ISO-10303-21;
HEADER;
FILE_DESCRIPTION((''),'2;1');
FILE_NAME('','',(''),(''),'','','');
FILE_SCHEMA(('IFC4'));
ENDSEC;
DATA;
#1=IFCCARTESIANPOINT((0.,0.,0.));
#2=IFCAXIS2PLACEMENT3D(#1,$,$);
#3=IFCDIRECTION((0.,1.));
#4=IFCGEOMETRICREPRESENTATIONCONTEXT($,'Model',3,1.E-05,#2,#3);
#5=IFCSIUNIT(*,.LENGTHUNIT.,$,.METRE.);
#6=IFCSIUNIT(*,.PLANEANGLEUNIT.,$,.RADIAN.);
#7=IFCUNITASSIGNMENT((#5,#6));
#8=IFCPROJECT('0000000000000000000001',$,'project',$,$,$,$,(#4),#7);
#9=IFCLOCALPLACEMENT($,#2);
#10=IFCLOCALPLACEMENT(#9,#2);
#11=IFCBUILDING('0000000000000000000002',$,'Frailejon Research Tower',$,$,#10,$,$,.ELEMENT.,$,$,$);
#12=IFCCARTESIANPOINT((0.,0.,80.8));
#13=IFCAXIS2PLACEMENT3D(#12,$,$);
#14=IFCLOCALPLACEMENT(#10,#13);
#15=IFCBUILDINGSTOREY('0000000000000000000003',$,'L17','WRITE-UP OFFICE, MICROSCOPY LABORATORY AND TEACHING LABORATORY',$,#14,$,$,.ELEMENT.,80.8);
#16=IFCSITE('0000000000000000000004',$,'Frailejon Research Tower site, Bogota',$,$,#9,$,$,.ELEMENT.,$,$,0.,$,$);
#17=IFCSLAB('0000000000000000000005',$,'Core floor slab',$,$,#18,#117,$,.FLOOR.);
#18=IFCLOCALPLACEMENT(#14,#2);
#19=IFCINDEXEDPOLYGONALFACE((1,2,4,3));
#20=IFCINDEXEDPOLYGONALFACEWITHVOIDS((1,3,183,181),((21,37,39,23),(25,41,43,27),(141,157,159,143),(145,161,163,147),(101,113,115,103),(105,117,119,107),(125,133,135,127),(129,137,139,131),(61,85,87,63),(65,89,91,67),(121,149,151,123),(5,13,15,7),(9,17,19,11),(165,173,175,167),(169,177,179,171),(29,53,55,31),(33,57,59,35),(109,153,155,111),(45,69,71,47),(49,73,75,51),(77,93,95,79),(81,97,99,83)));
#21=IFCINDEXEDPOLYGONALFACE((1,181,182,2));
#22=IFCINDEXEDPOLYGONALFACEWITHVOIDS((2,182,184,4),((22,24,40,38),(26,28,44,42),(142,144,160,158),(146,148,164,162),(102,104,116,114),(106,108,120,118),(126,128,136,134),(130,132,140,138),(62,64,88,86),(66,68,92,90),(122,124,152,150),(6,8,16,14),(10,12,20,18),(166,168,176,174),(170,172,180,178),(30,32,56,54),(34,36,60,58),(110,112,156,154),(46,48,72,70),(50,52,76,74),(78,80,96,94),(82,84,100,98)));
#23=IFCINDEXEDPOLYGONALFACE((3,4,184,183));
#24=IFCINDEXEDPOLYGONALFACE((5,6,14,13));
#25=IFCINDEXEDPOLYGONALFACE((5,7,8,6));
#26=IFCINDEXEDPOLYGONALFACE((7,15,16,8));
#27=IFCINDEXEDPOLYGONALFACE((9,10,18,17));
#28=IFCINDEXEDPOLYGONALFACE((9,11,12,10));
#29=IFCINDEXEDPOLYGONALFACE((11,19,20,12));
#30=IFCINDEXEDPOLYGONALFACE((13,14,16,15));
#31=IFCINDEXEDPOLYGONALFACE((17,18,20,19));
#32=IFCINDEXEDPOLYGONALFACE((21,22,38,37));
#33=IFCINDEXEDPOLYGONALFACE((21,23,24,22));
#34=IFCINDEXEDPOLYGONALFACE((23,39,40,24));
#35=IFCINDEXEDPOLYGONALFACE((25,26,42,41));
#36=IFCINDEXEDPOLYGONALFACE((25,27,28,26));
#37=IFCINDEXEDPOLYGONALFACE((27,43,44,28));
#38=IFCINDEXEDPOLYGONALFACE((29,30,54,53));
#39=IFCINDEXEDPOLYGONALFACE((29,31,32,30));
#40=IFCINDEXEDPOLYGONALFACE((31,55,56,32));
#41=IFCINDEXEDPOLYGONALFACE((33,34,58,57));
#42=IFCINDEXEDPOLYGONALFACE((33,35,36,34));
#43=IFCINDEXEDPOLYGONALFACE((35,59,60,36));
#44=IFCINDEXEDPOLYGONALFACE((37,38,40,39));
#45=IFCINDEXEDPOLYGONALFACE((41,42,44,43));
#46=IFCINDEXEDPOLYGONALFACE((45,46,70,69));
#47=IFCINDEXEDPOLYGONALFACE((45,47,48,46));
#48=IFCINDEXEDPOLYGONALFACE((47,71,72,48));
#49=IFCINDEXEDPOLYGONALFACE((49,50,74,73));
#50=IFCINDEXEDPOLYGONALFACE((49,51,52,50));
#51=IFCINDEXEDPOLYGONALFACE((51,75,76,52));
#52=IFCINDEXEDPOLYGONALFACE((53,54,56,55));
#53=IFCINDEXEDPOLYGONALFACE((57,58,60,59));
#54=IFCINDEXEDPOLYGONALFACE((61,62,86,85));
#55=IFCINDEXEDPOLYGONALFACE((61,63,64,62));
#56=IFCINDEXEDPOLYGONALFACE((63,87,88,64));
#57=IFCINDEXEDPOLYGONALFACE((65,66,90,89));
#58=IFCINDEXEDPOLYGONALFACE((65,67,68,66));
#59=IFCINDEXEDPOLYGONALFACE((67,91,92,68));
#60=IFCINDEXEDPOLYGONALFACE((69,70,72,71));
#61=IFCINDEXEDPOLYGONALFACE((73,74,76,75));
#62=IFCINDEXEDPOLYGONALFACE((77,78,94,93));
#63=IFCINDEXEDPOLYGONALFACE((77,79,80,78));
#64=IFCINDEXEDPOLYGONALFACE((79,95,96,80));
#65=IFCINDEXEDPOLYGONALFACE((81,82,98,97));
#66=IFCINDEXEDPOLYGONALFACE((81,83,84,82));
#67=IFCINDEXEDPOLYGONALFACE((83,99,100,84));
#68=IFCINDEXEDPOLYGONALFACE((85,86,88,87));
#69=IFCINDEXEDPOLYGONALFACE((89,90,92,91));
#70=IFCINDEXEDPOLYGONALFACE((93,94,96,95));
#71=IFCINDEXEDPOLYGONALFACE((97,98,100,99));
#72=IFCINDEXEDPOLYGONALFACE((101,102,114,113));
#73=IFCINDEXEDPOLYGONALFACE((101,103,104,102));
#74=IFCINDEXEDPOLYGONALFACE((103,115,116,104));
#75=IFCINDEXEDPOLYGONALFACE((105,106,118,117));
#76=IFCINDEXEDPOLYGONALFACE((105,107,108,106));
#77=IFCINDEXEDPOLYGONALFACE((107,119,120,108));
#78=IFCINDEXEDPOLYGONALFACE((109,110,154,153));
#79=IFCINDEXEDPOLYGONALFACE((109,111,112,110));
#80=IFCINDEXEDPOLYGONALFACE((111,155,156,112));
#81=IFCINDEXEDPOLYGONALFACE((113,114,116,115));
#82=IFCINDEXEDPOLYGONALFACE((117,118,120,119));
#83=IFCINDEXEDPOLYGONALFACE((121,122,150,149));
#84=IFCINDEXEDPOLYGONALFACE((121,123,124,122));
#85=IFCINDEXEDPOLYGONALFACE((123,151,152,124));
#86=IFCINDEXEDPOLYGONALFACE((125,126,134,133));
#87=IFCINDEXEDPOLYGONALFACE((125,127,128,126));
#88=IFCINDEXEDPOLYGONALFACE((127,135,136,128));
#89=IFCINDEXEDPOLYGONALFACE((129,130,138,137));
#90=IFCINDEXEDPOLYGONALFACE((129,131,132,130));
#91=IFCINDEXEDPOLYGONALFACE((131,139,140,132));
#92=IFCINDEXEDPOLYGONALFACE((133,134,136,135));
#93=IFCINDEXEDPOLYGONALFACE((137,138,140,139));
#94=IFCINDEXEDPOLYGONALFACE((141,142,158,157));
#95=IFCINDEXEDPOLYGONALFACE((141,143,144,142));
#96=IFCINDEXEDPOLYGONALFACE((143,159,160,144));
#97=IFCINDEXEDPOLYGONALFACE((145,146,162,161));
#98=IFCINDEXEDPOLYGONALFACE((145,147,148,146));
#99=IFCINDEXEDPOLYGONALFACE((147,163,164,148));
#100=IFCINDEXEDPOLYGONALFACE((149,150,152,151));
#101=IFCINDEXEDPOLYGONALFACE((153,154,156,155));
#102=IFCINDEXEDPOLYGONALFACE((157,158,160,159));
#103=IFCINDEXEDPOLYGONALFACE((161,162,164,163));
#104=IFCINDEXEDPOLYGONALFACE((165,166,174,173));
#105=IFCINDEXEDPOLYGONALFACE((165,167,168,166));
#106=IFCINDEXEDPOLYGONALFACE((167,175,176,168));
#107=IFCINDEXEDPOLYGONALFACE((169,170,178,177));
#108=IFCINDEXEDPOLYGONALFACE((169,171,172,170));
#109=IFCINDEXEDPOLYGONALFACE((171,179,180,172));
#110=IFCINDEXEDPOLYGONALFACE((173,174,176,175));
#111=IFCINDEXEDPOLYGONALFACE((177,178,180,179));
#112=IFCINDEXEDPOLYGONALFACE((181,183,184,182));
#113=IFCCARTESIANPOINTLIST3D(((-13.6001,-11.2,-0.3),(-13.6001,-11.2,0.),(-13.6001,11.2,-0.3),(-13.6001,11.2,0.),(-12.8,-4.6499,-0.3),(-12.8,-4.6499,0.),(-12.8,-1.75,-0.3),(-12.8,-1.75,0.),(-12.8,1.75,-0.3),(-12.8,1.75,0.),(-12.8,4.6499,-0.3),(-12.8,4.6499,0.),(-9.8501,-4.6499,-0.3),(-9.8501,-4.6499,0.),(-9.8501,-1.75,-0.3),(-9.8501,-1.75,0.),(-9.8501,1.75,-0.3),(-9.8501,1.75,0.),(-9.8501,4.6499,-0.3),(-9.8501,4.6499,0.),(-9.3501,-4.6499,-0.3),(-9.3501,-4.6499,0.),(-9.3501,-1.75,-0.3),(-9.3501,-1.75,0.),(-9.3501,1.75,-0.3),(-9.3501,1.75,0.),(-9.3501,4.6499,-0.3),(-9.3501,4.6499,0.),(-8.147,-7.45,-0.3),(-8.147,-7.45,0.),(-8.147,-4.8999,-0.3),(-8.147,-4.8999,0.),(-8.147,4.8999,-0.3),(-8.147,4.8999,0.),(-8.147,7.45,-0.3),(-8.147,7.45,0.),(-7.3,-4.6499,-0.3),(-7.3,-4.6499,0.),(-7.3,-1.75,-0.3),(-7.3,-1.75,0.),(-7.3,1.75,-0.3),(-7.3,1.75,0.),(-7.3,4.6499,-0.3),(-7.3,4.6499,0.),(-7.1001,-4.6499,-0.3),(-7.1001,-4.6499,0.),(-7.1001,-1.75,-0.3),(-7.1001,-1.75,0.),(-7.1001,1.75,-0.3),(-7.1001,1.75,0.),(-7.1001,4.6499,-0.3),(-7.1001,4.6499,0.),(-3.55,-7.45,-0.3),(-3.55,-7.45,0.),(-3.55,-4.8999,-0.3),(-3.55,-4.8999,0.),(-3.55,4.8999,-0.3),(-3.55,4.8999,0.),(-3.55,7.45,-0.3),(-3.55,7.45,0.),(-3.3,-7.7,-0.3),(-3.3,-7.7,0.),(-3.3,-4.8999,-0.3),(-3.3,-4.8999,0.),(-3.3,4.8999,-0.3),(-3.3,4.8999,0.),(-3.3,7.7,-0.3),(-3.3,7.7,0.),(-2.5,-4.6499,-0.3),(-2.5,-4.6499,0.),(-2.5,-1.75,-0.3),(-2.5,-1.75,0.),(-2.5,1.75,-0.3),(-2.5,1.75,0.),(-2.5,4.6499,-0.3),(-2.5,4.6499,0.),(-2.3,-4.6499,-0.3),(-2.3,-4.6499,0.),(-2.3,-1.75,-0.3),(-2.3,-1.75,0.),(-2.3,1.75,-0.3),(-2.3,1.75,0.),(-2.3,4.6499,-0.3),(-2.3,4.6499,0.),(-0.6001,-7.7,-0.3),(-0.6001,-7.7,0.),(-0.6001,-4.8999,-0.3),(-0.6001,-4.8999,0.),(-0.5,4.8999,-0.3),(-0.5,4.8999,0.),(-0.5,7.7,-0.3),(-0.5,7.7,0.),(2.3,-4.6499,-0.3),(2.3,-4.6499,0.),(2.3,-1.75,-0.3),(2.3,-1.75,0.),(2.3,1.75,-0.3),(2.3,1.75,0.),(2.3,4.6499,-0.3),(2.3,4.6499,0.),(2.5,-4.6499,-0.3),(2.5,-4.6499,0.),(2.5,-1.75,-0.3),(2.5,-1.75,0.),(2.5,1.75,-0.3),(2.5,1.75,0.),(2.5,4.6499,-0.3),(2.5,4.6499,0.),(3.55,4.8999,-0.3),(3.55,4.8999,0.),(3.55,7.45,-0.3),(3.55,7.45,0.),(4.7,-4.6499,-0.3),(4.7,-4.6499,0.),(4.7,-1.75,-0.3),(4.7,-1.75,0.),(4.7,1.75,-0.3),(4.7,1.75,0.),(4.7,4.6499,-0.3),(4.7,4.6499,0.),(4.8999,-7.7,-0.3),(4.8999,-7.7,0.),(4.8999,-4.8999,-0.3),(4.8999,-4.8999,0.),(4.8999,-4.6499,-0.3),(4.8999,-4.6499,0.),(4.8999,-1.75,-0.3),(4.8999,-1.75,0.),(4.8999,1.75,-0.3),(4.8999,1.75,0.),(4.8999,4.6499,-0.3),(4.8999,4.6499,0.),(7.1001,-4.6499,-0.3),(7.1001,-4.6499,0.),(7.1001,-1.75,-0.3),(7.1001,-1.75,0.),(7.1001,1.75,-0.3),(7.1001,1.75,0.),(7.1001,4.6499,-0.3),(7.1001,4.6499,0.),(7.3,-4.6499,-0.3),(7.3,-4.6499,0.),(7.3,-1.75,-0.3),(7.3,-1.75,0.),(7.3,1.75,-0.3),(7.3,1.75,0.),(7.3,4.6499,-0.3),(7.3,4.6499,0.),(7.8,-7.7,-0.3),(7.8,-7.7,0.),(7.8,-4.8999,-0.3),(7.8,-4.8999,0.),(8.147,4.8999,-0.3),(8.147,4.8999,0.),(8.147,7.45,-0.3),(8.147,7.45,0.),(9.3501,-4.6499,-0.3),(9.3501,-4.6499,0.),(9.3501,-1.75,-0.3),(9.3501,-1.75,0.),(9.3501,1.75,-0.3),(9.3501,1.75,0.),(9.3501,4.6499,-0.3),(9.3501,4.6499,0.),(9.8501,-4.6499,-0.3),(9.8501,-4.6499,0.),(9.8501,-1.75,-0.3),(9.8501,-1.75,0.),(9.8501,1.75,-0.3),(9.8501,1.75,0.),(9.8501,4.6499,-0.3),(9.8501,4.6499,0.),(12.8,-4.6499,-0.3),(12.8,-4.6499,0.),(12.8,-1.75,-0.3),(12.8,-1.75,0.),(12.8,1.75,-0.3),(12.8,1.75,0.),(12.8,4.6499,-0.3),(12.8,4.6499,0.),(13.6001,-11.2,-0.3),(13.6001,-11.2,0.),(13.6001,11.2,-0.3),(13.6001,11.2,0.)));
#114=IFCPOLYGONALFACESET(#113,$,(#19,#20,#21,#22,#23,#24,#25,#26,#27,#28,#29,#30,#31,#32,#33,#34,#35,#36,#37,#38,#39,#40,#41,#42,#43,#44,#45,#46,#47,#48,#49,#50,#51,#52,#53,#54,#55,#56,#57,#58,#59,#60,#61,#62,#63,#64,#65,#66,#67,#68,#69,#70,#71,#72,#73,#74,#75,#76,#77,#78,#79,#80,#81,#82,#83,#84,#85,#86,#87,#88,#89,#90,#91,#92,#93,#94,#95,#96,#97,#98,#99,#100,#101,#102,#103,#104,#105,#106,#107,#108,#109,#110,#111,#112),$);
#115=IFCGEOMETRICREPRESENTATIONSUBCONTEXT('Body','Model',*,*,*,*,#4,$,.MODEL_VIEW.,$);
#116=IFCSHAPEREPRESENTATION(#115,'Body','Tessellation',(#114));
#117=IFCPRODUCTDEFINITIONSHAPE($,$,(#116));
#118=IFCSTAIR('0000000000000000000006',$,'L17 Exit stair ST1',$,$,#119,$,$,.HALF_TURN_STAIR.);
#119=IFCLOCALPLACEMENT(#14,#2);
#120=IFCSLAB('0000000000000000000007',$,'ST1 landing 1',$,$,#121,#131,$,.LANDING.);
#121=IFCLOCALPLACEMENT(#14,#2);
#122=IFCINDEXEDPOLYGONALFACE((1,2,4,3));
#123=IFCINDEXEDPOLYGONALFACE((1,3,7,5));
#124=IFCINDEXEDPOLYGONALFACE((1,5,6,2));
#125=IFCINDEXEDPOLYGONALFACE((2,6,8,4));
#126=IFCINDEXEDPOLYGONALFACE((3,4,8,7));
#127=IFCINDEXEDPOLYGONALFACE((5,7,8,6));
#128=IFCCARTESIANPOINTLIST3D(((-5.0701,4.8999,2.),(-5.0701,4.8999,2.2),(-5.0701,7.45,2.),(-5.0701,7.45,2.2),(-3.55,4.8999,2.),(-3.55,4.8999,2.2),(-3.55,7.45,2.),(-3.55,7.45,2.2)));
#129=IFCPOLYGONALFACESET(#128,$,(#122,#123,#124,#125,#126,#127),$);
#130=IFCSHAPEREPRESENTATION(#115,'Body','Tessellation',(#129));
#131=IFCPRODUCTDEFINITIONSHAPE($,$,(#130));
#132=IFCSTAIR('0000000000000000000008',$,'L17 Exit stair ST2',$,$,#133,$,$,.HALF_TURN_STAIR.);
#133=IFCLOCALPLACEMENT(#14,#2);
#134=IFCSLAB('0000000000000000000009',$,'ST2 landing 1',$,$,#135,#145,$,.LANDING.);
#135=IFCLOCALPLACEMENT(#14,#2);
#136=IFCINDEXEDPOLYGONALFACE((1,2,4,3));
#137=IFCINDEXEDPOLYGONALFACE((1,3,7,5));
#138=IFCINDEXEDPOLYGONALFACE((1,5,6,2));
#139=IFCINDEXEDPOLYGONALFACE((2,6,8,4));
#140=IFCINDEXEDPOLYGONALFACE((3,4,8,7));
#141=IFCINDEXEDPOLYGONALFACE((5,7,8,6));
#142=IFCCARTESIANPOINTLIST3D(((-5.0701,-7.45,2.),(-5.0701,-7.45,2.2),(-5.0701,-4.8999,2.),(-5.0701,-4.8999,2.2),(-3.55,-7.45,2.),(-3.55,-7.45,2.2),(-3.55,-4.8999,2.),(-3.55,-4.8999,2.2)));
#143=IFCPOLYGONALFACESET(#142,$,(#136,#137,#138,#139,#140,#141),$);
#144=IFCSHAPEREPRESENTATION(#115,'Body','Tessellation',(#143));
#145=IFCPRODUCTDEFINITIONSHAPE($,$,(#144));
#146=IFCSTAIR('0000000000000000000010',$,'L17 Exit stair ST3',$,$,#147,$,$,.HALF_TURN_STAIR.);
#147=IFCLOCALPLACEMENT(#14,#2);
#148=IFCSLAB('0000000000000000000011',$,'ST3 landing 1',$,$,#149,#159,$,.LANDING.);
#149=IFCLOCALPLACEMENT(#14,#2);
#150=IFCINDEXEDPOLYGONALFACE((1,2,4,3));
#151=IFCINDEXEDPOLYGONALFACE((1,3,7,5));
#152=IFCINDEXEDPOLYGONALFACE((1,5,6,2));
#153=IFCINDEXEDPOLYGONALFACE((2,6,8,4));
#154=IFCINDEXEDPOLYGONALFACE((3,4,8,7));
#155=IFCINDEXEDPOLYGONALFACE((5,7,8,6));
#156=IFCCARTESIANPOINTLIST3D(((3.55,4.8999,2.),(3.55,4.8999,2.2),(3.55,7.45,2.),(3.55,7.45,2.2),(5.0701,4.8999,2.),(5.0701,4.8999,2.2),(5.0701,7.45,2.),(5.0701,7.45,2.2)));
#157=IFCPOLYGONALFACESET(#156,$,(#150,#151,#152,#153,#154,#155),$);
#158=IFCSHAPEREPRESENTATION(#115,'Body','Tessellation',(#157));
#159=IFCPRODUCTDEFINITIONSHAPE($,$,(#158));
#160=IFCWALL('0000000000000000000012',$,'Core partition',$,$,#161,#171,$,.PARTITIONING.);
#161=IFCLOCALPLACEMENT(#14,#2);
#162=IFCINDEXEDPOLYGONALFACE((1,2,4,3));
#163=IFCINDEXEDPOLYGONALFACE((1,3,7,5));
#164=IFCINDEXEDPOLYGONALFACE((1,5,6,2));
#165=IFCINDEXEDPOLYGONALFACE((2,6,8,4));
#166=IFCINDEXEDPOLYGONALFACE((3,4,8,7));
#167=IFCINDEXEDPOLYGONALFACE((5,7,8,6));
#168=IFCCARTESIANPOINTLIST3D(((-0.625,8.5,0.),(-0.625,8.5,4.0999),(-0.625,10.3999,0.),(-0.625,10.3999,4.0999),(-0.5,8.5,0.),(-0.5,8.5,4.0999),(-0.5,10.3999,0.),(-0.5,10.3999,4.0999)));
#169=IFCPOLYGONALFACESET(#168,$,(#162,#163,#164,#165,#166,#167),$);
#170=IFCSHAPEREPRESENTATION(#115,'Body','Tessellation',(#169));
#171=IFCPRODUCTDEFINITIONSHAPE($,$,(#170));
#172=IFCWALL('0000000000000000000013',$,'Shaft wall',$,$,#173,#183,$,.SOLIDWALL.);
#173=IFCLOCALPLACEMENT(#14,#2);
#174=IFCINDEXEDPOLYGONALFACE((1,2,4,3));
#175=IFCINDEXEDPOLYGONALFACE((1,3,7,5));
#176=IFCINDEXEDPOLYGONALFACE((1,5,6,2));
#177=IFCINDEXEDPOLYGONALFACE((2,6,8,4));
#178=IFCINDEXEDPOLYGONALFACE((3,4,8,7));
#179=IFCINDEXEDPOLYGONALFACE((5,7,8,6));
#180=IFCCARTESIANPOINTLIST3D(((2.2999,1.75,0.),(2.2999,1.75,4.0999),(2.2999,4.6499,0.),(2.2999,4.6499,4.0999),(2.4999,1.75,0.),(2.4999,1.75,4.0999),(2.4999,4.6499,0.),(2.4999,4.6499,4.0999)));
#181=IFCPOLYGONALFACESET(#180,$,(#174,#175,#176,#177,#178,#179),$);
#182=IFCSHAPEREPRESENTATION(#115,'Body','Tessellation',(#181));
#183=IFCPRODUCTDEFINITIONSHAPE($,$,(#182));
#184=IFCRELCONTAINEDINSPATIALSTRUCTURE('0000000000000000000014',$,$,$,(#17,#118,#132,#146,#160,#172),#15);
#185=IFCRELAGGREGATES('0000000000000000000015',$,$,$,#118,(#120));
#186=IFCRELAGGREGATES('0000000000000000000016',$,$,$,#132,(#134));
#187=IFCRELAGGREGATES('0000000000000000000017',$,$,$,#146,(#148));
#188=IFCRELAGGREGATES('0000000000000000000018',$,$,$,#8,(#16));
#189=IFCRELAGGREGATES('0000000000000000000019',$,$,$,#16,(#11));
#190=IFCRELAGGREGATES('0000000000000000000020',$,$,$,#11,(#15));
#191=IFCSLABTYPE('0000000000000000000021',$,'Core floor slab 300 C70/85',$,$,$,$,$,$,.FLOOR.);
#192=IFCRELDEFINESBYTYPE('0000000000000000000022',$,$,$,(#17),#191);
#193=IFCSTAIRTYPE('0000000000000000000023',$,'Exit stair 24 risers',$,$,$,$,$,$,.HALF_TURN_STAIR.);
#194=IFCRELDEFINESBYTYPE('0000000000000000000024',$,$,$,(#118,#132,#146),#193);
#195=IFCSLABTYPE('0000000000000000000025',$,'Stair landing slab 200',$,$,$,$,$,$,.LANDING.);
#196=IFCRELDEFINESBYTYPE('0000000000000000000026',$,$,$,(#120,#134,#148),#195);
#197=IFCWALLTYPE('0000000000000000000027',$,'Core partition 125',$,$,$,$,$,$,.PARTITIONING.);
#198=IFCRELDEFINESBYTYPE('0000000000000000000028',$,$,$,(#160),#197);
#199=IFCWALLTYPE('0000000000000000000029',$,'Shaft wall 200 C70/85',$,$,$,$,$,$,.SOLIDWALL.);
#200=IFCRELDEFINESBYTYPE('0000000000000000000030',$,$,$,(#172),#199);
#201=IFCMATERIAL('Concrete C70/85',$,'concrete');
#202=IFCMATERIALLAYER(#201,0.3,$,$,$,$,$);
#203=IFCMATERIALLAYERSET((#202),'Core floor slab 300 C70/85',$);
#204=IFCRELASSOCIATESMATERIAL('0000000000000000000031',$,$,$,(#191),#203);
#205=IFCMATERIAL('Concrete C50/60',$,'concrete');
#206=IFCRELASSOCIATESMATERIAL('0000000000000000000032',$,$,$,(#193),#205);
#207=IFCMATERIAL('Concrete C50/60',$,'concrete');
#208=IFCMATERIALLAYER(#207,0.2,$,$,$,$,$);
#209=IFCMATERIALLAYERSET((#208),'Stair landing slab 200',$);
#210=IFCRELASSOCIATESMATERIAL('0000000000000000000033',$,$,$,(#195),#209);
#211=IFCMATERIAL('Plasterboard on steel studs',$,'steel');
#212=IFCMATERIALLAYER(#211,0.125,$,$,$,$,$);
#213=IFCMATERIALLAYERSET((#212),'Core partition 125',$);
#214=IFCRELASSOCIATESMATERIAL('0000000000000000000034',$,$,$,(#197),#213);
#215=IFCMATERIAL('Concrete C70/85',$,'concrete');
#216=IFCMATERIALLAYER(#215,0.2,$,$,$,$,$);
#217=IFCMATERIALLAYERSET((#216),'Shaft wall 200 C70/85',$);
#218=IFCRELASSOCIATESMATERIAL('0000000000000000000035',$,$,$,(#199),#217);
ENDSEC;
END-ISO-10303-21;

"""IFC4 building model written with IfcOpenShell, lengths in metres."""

from ifc_helpers import new_model, si_unit, direction, frame, frame_2d, origin, place, context, subcontext, project, spatial, polyline, rectangle, outline, extrude, material, layer, layer_set, type_object, element, aggregate, save


model = new_model("IFC4")

# Units and contexts
model_context = context("Model", 3, precision=1e-05, world=origin(), true_north=direction((0.0, 1.0)))
body_context = subcontext(model_context, "Body", "Model", "MODEL_VIEW")
ifc_project = project(units=[si_unit("LENGTHUNIT", "METRE"), si_unit("PLANEANGLEUNIT", "RADIAN")], contexts=[model_context])

# Site, building, storey
site_placement = place(None, origin())
site = spatial("IfcSite", under=ifc_project, at=site_placement, Name="Frailejon Research Tower site, Bogota", CompositionType="ELEMENT", RefElevation=0.0)
building_placement = place(site_placement, origin())
building = spatial("IfcBuilding", under=site, at=building_placement, Name="Frailejon Research Tower", CompositionType="ELEMENT")
storey_placement = place(building_placement, frame((0.0, 0.0, 80.8)))
storey = spatial("IfcBuildingStorey", under=building, at=storey_placement, Name="L17", Description="WRITE-UP OFFICE, MICROSCOPY LABORATORY AND TEACHING LABORATORY", CompositionType="ELEMENT", Elevation=80.8)

# Slab
ifc_material_1 = material(Name="Concrete C70/85", Category="concrete")
ifc_layer_1 = layer(ifc_material_1, 0.3)
ifc_layer_set_1 = layer_set([ifc_layer_1], Name="Core floor slab 300 C70/85")
slab_type_1 = type_object("IfcSlabType", Name="Core floor slab 300 C70/85", PredefinedType="FLOOR", material=ifc_layer_set_1)
slab_1_placement = place(storey_placement, frame((0.0, 0.0, -0.3)))
element("IfcSlab", 1, at=slab_1_placement, inside=storey, type_object=slab_type_1, Name="Core floor slab", PredefinedType="FLOOR", context=body_context, shape_type="SweptSolid", body=[
    extrude(outline(polyline([(13.6001, -11.2), (13.6001, 11.2), (-13.6001, 11.2), (-13.6001, -11.2), (13.6001, -11.2)]), holes=[polyline([(-9.8501, 1.75), (-9.8501, 4.6499), (-12.8, 4.6499), (-12.8, 1.75), (-9.8501, 1.75)]), polyline([(-7.3, 1.75), (-7.3, 4.6499), (-9.3501, 4.6499), (-9.3501, 1.75), (-7.3, 1.75)]), polyline([(-2.5, 1.75), (-2.5, 4.6499), (-7.1001, 4.6499), (-7.1001, 1.75), (-2.5, 1.75)]), polyline([(2.3, 1.75), (2.3, 4.6499), (-2.3, 4.6499), (-2.3, 1.75), (2.3, 1.75)]), polyline([(4.7, 1.75), (4.7, 4.6499), (2.5, 4.6499), (2.5, 1.75), (4.7, 1.75)]), polyline([(7.1001, 1.75), (7.1001, 4.6499), (4.8999, 4.6499), (4.8999, 1.75), (7.1001, 1.75)]), polyline([(9.3501, 1.75), (9.3501, 4.6499), (7.3, 4.6499), (7.3, 1.75), (9.3501, 1.75)]), polyline([(12.8, 1.75), (12.8, 4.6499), (9.8501, 4.6499), (9.8501, 1.75), (12.8, 1.75)]), polyline([(-9.8501, -4.6499), (-9.8501, -1.75), (-12.8, -1.75), (-12.8, -4.6499), (-9.8501, -4.6499)]), polyline([(-7.3, -4.6499), (-7.3, -1.75), (-9.3501, -1.75), (-9.3501, -4.6499), (-7.3, -4.6499)]), polyline([(-2.5, -4.6499), (-2.5, -1.75), (-7.1001, -1.75), (-7.1001, -4.6499), (-2.5, -4.6499)]), polyline([(2.3, -4.6499), (2.3, -1.75), (-2.3, -1.75), (-2.3, -4.6499), (2.3, -4.6499)]), polyline([(4.7, -4.6499), (4.7, -1.75), (2.5, -1.75), (2.5, -4.6499), (4.7, -4.6499)]), polyline([(7.1001, -4.6499), (7.1001, -1.75), (4.8999, -1.75), (4.8999, -4.6499), (7.1001, -4.6499)]), polyline([(9.3501, -4.6499), (9.3501, -1.75), (7.3, -1.75), (7.3, -4.6499), (9.3501, -4.6499)]), polyline([(12.8, -4.6499), (12.8, -1.75), (9.8501, -1.75), (9.8501, -4.6499), (12.8, -4.6499)]), polyline([(-8.147, 4.8999), (-3.55, 4.8999), (-3.55, 7.45), (-8.147, 7.45), (-8.147, 4.8999)]), polyline([(-8.147, -7.45), (-3.55, -7.45), (-3.55, -4.8999), (-8.147, -4.8999), (-8.147, -7.45)]), polyline([(8.147, 7.45), (3.55, 7.45), (3.55, 4.8999), (8.147, 4.8999), (8.147, 7.45)]), polyline([(-0.6001, -7.7), (-0.6001, -4.8999), (-3.3, -4.8999), (-3.3, -7.7), (-0.6001, -7.7)]), polyline([(7.8, -7.7), (7.8, -4.8999), (4.8999, -4.8999), (4.8999, -7.7), (7.8, -7.7)]), polyline([(-0.5, 4.8999), (-0.5, 7.7), (-3.3, 7.7), (-3.3, 4.8999), (-0.5, 4.8999)])]), origin(), (0.0, 0.0, 1.0), 0.3),
])

# Stairs, slabs
ifc_material_2 = material(Name="Concrete C50/60", Category="concrete")
stair_type = type_object("IfcStairType", Name="Exit stair 24 risers", PredefinedType="HALF_TURN_STAIR", material=ifc_material_2)
stair_1_placement = place(storey_placement, origin())
stair_1 = element("IfcStair", 2, at=stair_1_placement, inside=storey, type_object=stair_type, Name="L17 Exit stair ST1", PredefinedType="HALF_TURN_STAIR")
ifc_material_3 = material(Name="Concrete C50/60", Category="concrete")
ifc_layer_2 = layer(ifc_material_3, 0.2)
ifc_layer_set_2 = layer_set([ifc_layer_2], Name="Stair landing slab 200")
slab_type_2 = type_object("IfcSlabType", Name="Stair landing slab 200", PredefinedType="LANDING", material=ifc_layer_set_2)
slab_2_placement = place(storey_placement, frame((0.0, 0.0, 2.0)))
slab_2 = element("IfcSlab", 3, at=slab_2_placement, type_object=slab_type_2, Name="ST1 landing 1", PredefinedType="LANDING", context=body_context, shape_type="SweptSolid", body=[
    extrude(outline(polyline([(-5.0701, 4.8999), (-3.55, 4.8999), (-3.55, 7.45), (-5.0701, 7.45), (-5.0701, 4.8999)])), origin(), (0.0, 0.0, 1.0), 0.2),
])
aggregate(stair_1, [slab_2])
stair_2_placement = place(storey_placement, origin())
stair_2 = element("IfcStair", 4, at=stair_2_placement, inside=storey, type_object=stair_type, Name="L17 Exit stair ST2", PredefinedType="HALF_TURN_STAIR")
slab_3_placement = place(storey_placement, frame((0.0, 0.0, 2.0)))
slab_3 = element("IfcSlab", 5, at=slab_3_placement, type_object=slab_type_2, Name="ST2 landing 1", PredefinedType="LANDING", context=body_context, shape_type="SweptSolid", body=[
    extrude(outline(polyline([(-5.0701, -7.45), (-3.55, -7.45), (-3.55, -4.8999), (-5.0701, -4.8999), (-5.0701, -7.45)])), origin(), (0.0, 0.0, 1.0), 0.2),
])
aggregate(stair_2, [slab_3])
stair_3_placement = place(storey_placement, origin())
stair_3 = element("IfcStair", 6, at=stair_3_placement, inside=storey, type_object=stair_type, Name="L17 Exit stair ST3", PredefinedType="HALF_TURN_STAIR")
slab_4_placement = place(storey_placement, frame((0.0, 0.0, 2.0)))
slab_4 = element("IfcSlab", 7, at=slab_4_placement, type_object=slab_type_2, Name="ST3 landing 1", PredefinedType="LANDING", context=body_context, shape_type="SweptSolid", body=[
    extrude(outline(polyline([(5.0701, 7.45), (3.55, 7.45), (3.55, 4.8999), (5.0701, 4.8999), (5.0701, 7.45)])), origin(), (0.0, 0.0, 1.0), 0.2),
])

# Walls
ifc_material_4 = material(Name="Plasterboard on steel studs", Category="steel")
ifc_layer_3 = layer(ifc_material_4, 0.125)
ifc_layer_set_3 = layer_set([ifc_layer_3], Name="Core partition 125")
wall_type_1 = type_object("IfcWallType", Name="Core partition 125", PredefinedType="PARTITIONING", material=ifc_layer_set_3)
wall_1_placement = place(storey_placement, frame((-0.5625, 8.5, 0.0), z_axis=(0.0, 0.0, 1.0), x_axis=(0.0, 1.0, 0.0)))
element("IfcWall", 8, at=wall_1_placement, inside=storey, type_object=wall_type_1, Name="Core partition", PredefinedType="PARTITIONING", context=body_context, shape_type="SweptSolid", body=[
    extrude(rectangle(XDim=1.8999, YDim=0.125, at=frame_2d((0.95, 0.0))), origin(), (0.0, 0.0, 1.0), 4.0999),
])
ifc_material_5 = material(Name="Concrete C70/85", Category="concrete")
ifc_layer_4 = layer(ifc_material_5, 0.2)
ifc_layer_set_4 = layer_set([ifc_layer_4], Name="Shaft wall 200 C70/85")
wall_type_2 = type_object("IfcWallType", Name="Shaft wall 200 C70/85", PredefinedType="SOLIDWALL", material=ifc_layer_set_4)
for number, where, z_axis, x_axis, name in (
    (9, (2.3999, 1.75, 0.0), (0.0, 0.0, 1.0), (0.0, 1.0, 0.0), "Shaft wall"),
):
    element("IfcWall", number, at=place(storey_placement, frame(where, z_axis=z_axis, x_axis=x_axis)), inside=storey, type_object=wall_type_2, Name=name, PredefinedType="SOLIDWALL", context=body_context, shape_type="SweptSolid", body=[
        extrude(rectangle(XDim=2.8999, YDim=0.2, at=frame_2d((1.45, 0.0))), origin(), (0.0, 0.0, 1.0), 4.0999),
    ])

aggregate(stair_3, [slab_4])

save(model, "model.ifc")
